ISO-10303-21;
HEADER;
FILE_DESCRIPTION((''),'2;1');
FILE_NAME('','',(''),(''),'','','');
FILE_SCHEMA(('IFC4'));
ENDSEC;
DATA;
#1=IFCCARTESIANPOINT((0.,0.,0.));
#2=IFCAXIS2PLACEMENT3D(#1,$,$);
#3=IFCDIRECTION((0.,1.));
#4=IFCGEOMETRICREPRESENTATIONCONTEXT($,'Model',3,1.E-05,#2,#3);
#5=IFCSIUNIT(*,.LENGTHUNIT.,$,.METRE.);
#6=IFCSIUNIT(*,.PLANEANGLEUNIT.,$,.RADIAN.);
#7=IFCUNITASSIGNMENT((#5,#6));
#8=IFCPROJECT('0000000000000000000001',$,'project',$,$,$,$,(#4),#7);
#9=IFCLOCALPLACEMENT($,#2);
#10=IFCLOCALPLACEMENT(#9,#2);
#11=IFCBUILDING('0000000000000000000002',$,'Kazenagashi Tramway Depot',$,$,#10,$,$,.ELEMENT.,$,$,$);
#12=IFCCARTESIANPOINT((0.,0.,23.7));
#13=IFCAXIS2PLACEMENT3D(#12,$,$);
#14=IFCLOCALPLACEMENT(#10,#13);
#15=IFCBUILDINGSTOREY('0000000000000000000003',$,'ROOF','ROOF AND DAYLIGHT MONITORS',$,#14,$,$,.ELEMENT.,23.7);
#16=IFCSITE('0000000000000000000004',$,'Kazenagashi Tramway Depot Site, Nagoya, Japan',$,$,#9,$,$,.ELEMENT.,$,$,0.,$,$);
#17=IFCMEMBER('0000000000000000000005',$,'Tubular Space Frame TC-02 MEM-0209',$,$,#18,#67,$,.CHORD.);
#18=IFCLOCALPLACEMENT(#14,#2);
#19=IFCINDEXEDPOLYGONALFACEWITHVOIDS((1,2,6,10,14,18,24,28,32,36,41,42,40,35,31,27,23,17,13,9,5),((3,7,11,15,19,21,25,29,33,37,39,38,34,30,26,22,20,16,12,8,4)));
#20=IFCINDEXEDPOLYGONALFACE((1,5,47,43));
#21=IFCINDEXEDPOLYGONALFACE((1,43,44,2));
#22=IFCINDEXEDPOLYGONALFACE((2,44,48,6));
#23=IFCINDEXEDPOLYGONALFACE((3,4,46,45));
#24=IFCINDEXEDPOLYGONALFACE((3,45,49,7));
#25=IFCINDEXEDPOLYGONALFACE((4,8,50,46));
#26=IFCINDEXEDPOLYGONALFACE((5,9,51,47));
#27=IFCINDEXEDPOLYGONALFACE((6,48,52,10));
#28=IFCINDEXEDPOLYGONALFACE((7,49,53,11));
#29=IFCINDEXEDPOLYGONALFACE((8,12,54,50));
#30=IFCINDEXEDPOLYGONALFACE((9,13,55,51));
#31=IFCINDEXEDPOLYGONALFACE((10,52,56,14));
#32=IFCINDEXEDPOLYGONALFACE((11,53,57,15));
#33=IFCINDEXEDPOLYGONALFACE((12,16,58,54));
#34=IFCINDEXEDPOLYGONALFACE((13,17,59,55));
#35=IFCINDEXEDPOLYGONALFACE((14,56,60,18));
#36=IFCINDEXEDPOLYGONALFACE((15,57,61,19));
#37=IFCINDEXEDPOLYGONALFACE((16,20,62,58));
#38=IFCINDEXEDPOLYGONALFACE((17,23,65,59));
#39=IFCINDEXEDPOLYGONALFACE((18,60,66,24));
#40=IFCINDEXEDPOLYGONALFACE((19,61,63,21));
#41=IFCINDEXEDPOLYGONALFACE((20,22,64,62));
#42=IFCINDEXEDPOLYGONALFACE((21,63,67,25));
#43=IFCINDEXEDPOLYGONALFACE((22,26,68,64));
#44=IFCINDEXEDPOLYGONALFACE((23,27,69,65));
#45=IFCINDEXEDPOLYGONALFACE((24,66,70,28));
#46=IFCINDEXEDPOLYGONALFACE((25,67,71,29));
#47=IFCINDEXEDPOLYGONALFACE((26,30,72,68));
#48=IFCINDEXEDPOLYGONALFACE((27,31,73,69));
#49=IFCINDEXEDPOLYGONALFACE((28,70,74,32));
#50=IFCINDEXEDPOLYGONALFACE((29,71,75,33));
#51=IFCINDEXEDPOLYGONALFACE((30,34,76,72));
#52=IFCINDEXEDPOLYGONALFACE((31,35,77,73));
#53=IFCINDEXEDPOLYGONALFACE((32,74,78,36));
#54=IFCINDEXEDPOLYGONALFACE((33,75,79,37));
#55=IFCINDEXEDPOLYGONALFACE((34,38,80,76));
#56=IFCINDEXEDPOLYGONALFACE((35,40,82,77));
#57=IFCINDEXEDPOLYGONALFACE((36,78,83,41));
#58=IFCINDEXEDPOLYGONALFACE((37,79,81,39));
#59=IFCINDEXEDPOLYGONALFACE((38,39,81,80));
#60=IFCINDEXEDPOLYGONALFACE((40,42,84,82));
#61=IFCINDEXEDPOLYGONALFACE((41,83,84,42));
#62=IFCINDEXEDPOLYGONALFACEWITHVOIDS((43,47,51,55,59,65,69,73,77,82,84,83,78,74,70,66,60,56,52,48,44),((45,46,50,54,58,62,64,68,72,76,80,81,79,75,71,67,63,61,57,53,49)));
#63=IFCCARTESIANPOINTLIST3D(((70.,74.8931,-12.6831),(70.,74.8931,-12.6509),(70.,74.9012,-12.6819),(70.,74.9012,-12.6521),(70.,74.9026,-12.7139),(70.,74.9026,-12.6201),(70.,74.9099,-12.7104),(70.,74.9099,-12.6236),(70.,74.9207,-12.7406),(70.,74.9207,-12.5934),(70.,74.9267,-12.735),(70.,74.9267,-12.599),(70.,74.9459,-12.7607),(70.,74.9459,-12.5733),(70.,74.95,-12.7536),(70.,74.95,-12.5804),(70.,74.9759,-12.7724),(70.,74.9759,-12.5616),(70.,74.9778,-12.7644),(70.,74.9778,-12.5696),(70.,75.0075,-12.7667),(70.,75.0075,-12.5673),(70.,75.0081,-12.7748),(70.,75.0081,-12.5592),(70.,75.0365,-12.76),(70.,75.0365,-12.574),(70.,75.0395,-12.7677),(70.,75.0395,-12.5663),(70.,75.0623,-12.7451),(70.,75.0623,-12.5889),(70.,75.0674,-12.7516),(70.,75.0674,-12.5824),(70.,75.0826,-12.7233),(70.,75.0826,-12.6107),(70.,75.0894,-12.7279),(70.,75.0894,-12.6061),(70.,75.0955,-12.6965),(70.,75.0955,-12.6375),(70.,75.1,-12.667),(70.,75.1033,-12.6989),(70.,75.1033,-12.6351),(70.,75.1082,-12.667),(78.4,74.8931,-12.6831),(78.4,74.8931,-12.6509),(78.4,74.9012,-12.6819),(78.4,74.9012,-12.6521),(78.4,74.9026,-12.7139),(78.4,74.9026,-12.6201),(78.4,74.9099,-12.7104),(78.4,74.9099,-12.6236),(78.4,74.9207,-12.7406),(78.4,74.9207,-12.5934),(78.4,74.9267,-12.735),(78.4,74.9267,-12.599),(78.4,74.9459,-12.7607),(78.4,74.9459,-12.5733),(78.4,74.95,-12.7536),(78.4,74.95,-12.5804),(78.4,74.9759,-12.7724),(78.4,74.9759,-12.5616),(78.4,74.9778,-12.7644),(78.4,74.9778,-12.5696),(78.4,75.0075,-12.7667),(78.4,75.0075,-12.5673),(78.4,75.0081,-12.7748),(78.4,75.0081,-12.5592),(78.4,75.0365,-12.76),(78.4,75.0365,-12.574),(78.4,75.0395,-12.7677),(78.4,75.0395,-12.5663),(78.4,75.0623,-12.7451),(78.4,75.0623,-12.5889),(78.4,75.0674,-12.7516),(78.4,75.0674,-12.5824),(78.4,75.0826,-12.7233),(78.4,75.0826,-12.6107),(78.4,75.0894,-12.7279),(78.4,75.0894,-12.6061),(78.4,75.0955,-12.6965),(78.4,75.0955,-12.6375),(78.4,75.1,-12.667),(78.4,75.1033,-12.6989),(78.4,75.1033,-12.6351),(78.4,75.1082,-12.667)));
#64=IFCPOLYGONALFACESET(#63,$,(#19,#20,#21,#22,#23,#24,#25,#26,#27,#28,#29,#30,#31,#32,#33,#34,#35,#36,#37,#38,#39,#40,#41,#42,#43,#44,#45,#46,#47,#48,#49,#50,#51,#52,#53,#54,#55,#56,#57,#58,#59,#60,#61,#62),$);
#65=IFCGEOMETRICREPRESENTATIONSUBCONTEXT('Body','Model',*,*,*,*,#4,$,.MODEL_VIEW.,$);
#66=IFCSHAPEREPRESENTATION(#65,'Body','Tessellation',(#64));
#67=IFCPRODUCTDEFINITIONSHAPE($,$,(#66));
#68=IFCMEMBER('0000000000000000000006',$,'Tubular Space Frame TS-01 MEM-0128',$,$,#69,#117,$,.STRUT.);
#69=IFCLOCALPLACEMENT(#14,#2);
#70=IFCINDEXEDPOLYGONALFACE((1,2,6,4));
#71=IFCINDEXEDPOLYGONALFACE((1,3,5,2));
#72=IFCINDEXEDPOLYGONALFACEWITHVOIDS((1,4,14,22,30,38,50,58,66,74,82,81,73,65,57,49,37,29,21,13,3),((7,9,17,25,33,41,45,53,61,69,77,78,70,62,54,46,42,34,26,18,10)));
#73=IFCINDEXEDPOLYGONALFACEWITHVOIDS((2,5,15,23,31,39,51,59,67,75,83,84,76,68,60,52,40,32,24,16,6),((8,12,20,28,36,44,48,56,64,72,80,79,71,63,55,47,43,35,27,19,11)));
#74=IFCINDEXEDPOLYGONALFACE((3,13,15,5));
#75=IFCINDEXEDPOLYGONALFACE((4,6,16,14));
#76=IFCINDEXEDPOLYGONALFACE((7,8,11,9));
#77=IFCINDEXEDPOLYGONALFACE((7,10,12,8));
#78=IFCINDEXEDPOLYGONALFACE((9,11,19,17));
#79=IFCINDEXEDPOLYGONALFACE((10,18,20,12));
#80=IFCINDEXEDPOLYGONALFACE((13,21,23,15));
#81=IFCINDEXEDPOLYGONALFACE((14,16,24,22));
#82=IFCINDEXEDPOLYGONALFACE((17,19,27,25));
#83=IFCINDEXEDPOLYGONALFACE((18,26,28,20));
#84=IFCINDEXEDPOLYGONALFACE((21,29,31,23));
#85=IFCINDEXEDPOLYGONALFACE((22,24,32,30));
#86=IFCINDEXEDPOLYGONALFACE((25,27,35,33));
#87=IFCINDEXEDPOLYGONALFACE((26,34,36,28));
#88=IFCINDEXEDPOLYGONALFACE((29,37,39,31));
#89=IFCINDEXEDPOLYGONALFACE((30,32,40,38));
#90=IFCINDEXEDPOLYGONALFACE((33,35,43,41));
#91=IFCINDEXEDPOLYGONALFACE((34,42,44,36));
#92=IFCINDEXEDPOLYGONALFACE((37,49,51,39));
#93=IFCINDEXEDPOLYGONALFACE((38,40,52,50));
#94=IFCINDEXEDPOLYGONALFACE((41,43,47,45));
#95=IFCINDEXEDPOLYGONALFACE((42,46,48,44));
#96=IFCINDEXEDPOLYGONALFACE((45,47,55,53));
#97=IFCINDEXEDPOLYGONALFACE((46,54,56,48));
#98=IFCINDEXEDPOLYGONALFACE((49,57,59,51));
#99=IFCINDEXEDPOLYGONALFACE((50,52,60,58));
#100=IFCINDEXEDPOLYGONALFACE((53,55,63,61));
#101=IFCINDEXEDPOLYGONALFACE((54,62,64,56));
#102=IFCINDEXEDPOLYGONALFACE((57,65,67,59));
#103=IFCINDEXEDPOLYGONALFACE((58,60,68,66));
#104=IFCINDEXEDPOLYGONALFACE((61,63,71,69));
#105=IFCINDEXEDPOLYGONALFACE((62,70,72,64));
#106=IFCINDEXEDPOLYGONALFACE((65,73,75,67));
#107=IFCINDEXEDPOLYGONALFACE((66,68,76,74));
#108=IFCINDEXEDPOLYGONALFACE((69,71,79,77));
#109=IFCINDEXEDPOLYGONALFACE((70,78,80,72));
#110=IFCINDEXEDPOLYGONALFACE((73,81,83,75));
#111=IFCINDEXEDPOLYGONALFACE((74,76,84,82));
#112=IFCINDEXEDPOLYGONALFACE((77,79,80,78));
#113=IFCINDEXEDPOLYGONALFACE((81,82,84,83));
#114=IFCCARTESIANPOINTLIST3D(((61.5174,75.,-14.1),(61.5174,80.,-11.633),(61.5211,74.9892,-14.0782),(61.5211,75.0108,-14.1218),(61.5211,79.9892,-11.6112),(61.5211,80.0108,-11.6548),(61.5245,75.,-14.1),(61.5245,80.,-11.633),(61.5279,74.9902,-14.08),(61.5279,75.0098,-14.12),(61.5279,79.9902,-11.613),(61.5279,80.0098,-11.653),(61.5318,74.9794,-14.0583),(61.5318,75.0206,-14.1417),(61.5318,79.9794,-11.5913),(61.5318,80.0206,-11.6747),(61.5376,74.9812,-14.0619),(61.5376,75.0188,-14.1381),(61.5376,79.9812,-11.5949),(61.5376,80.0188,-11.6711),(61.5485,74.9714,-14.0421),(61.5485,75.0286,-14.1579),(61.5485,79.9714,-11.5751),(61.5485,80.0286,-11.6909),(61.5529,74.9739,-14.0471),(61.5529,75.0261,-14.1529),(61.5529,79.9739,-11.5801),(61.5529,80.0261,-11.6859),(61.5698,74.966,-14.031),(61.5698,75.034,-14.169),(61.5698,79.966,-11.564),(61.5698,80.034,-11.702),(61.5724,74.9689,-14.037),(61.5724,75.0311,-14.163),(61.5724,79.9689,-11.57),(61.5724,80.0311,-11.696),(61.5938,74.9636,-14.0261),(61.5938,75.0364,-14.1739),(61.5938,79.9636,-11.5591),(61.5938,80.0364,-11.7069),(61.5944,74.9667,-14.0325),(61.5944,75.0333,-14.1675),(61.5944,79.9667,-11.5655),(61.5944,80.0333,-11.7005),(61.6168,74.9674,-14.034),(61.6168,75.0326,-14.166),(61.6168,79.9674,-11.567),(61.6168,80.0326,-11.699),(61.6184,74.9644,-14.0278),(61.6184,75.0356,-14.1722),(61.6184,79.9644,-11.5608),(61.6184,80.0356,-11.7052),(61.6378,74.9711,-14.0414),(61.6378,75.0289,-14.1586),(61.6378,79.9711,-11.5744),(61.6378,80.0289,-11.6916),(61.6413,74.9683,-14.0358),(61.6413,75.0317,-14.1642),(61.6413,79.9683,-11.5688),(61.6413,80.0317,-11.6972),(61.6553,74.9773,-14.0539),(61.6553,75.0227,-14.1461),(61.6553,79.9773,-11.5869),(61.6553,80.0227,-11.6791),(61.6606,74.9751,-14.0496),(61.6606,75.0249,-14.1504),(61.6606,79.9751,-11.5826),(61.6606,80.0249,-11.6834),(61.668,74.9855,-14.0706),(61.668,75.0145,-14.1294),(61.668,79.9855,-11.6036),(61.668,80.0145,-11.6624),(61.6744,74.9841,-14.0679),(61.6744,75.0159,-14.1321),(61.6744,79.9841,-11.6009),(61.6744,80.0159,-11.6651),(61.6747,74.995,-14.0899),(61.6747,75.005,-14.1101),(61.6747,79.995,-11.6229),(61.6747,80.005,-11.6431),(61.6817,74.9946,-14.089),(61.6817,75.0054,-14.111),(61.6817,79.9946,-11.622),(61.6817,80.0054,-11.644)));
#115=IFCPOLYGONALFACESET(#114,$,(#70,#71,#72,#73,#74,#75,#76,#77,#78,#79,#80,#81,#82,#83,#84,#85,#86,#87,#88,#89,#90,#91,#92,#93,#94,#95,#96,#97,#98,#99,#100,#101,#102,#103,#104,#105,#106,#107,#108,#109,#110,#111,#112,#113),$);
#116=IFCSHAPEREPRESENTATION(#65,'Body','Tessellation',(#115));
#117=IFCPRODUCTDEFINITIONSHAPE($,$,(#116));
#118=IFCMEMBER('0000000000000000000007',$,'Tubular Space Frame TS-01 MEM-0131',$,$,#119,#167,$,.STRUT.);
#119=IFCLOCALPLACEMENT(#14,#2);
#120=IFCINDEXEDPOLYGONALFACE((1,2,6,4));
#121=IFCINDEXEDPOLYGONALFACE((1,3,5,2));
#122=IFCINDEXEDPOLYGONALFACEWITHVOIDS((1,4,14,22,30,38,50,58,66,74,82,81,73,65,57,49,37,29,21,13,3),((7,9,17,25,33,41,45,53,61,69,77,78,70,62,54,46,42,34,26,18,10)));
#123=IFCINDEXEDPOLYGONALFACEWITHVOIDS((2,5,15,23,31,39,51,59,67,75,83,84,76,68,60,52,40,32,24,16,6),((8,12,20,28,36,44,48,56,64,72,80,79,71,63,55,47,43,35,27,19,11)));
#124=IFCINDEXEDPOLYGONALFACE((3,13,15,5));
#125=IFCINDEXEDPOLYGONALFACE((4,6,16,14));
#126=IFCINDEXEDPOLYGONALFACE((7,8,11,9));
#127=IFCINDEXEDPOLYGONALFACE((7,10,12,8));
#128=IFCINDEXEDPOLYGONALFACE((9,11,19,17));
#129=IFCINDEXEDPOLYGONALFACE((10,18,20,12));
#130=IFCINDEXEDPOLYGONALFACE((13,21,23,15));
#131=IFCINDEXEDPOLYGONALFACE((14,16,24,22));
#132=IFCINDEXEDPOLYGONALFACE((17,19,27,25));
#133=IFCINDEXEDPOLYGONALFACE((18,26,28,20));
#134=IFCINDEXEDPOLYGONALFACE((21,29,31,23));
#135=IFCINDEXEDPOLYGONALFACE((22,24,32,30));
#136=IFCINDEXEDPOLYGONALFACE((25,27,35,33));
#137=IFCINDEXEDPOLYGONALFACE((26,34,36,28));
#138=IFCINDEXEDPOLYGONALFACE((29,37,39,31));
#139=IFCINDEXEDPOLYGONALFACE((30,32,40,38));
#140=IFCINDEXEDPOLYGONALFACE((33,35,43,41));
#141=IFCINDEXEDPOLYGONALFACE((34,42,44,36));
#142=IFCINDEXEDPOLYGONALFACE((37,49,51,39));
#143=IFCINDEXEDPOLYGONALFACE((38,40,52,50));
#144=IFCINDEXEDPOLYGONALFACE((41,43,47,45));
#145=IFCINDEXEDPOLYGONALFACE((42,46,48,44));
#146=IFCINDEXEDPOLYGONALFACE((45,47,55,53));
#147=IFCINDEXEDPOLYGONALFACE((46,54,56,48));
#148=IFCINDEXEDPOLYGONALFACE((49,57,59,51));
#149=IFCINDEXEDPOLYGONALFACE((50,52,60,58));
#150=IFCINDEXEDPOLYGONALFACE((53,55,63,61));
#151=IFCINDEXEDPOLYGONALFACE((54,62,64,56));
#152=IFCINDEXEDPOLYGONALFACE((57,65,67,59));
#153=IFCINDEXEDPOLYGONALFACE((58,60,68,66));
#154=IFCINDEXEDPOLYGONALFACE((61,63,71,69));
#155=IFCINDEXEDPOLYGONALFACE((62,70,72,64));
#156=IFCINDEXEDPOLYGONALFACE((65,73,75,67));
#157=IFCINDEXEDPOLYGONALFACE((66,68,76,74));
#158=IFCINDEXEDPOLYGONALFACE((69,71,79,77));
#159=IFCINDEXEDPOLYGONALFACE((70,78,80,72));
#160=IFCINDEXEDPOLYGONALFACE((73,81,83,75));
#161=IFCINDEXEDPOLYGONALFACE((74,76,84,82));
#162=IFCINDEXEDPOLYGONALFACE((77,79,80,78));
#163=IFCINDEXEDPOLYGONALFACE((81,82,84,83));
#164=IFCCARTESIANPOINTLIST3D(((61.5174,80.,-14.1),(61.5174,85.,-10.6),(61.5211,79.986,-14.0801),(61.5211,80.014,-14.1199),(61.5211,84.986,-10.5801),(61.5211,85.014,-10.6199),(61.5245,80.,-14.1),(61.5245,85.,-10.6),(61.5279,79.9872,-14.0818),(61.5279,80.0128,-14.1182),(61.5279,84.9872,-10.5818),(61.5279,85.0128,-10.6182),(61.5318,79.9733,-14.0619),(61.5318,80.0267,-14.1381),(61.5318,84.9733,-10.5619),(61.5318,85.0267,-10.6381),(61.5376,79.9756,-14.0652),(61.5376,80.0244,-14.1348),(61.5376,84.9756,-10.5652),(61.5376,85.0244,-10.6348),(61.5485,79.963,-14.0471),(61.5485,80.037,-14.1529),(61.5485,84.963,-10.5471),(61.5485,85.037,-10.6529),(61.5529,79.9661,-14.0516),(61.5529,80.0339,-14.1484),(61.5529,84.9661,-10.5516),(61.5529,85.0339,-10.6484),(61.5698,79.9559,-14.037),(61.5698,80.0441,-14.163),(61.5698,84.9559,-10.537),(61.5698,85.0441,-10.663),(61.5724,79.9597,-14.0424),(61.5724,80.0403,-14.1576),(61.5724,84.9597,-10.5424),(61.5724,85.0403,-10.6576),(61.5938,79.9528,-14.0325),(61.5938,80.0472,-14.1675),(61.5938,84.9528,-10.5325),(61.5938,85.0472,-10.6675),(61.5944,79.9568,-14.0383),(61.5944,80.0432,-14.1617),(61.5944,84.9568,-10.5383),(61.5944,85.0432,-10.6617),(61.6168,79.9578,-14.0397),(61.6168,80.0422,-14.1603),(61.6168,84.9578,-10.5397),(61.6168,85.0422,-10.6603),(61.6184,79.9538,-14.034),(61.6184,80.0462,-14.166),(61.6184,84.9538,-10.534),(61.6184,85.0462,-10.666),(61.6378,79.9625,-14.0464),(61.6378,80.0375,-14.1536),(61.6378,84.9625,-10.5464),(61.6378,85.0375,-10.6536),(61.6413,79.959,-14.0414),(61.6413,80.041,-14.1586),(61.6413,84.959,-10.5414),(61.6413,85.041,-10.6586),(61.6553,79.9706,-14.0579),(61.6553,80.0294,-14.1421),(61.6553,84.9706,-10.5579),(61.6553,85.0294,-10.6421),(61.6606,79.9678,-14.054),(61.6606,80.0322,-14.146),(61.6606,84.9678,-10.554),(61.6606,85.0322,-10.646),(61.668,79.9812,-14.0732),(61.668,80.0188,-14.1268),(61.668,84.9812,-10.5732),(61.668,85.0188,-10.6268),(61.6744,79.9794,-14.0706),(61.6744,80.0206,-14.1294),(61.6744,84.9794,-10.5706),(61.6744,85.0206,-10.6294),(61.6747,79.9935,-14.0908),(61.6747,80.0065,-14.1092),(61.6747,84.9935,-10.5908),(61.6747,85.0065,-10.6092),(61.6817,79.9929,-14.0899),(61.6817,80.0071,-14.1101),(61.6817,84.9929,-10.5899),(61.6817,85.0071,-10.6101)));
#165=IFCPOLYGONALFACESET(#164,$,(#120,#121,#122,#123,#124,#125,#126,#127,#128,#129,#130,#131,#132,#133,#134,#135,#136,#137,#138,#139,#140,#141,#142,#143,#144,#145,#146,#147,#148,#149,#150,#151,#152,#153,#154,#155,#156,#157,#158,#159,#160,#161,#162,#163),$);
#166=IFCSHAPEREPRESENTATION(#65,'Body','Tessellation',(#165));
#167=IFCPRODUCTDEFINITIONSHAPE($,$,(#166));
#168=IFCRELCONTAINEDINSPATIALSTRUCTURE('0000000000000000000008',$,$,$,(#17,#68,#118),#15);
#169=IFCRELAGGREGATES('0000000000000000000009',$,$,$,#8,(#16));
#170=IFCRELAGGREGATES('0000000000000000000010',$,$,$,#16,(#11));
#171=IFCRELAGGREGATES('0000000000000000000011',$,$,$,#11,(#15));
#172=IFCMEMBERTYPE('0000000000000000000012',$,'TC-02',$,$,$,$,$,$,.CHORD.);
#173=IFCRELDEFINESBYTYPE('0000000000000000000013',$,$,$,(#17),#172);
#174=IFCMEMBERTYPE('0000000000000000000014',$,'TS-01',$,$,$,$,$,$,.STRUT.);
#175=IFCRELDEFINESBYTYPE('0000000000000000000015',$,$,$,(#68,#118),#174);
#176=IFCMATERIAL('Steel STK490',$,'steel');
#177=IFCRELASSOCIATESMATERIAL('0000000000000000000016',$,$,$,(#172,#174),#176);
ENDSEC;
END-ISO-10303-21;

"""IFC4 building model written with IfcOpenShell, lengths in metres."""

from ifc_helpers import new_model, si_unit, direction, frame, origin, origin_2d, place, context, subcontext, project, spatial, hollow_circle, extrude, material, material_profile, profile_set, type_object, element, save


model = new_model("IFC4")

# Units and contexts
model_context = context("Model", 3, precision=1e-05, world=origin(), true_north=direction((0.0, 1.0)))
body_context = subcontext(model_context, "Body", "Model", "MODEL_VIEW")
ifc_project = project(units=[si_unit("LENGTHUNIT", "METRE"), si_unit("PLANEANGLEUNIT", "RADIAN")], contexts=[model_context])

# Site, building, storey
site_placement = place(None, origin())
site = spatial("IfcSite", under=ifc_project, at=site_placement, Name="Kazenagashi Tramway Depot Site, Nagoya, Japan", CompositionType="ELEMENT", RefElevation=0.0)
building_placement = place(site_placement, origin())
building = spatial("IfcBuilding", under=site, at=building_placement, Name="Kazenagashi Tramway Depot", CompositionType="ELEMENT")
storey_placement = place(building_placement, frame((0.0, 0.0, 23.7)))
storey = spatial("IfcBuildingStorey", under=building, at=storey_placement, Name="ROOF", Description="ROOF AND DAYLIGHT MONITORS", CompositionType="ELEMENT", Elevation=23.7)

# Members
ifc_material_1 = material(Name="Steel STK490", Category="steel")
ifc_material_profile_1 = material_profile(ifc_material_1, hollow_circle(Radius=0.1081, WallThickness=0.0082, at=origin_2d()), Name="CHS-216.3x8.2")
ifc_profile_set_1 = profile_set([ifc_material_profile_1], Name="Steel STK490")
member_type_1 = type_object("IfcMemberType", Name="TC-02", PredefinedType="CHORD", material=ifc_profile_set_1)
member_1_placement = place(storey_placement, frame((70.0, 75.0, -12.667), z_axis=(1.0, 0.0, 0.0), x_axis=(0.0, 1.0, 0.0)))
element("IfcMember", 1, at=member_1_placement, inside=storey, type_object=member_type_1, Name="Tubular Space Frame TC-02 MEM-0209", PredefinedType="CHORD", context=body_context, shape_type="SweptSolid", body=[
    extrude(hollow_circle(Radius=0.1081, WallThickness=0.0082, at=origin_2d()), origin(), (0.0, 0.0, 1.0), 8.4),
])
ifc_material_profile_2 = material_profile(ifc_material_1, hollow_circle(Radius=0.0826, WallThickness=0.0071, at=origin_2d()), Name="CHS-165.2x7.1")
ifc_profile_set_2 = profile_set([ifc_material_profile_2], Name="Steel STK490")
member_type_2 = type_object("IfcMemberType", Name="TS-01", PredefinedType="STRUT", material=ifc_profile_set_2)
member_2_placement = place(storey_placement, frame((61.6, 75.0, -14.1), z_axis=(0.0, 0.896782, 0.442472), x_axis=(-1.0, 0.0, 0.0)))
element("IfcMember", 2, at=member_2_placement, inside=storey, type_object=member_type_2, Name="Tubular Space Frame TS-01 MEM-0128", PredefinedType="STRUT", context=body_context, shape_type="SweptSolid", body=[
    extrude(hollow_circle(Radius=0.0826, WallThickness=0.0071, at=origin_2d()), origin(), (0.0, 0.0, 1.0), 5.5755),
])
for number, where, z_axis, x_axis, name in (
    (3, (61.6, 80.0, -14.1), (0.0, 0.819232, 0.573462), (-1.0, 0.0, 0.0), "Tubular Space Frame TS-01 MEM-0131"),
):
    element("IfcMember", number, at=place(storey_placement, frame(where, z_axis=z_axis, x_axis=x_axis)), inside=storey, type_object=member_type_2, Name=name, PredefinedType="STRUT", context=body_context, shape_type="SweptSolid", body=[
        extrude(hollow_circle(Radius=0.0826, WallThickness=0.0071, at=origin_2d()), origin(), (0.0, 0.0, 1.0), 6.1033),
    ])

save(model, "model.ifc")
